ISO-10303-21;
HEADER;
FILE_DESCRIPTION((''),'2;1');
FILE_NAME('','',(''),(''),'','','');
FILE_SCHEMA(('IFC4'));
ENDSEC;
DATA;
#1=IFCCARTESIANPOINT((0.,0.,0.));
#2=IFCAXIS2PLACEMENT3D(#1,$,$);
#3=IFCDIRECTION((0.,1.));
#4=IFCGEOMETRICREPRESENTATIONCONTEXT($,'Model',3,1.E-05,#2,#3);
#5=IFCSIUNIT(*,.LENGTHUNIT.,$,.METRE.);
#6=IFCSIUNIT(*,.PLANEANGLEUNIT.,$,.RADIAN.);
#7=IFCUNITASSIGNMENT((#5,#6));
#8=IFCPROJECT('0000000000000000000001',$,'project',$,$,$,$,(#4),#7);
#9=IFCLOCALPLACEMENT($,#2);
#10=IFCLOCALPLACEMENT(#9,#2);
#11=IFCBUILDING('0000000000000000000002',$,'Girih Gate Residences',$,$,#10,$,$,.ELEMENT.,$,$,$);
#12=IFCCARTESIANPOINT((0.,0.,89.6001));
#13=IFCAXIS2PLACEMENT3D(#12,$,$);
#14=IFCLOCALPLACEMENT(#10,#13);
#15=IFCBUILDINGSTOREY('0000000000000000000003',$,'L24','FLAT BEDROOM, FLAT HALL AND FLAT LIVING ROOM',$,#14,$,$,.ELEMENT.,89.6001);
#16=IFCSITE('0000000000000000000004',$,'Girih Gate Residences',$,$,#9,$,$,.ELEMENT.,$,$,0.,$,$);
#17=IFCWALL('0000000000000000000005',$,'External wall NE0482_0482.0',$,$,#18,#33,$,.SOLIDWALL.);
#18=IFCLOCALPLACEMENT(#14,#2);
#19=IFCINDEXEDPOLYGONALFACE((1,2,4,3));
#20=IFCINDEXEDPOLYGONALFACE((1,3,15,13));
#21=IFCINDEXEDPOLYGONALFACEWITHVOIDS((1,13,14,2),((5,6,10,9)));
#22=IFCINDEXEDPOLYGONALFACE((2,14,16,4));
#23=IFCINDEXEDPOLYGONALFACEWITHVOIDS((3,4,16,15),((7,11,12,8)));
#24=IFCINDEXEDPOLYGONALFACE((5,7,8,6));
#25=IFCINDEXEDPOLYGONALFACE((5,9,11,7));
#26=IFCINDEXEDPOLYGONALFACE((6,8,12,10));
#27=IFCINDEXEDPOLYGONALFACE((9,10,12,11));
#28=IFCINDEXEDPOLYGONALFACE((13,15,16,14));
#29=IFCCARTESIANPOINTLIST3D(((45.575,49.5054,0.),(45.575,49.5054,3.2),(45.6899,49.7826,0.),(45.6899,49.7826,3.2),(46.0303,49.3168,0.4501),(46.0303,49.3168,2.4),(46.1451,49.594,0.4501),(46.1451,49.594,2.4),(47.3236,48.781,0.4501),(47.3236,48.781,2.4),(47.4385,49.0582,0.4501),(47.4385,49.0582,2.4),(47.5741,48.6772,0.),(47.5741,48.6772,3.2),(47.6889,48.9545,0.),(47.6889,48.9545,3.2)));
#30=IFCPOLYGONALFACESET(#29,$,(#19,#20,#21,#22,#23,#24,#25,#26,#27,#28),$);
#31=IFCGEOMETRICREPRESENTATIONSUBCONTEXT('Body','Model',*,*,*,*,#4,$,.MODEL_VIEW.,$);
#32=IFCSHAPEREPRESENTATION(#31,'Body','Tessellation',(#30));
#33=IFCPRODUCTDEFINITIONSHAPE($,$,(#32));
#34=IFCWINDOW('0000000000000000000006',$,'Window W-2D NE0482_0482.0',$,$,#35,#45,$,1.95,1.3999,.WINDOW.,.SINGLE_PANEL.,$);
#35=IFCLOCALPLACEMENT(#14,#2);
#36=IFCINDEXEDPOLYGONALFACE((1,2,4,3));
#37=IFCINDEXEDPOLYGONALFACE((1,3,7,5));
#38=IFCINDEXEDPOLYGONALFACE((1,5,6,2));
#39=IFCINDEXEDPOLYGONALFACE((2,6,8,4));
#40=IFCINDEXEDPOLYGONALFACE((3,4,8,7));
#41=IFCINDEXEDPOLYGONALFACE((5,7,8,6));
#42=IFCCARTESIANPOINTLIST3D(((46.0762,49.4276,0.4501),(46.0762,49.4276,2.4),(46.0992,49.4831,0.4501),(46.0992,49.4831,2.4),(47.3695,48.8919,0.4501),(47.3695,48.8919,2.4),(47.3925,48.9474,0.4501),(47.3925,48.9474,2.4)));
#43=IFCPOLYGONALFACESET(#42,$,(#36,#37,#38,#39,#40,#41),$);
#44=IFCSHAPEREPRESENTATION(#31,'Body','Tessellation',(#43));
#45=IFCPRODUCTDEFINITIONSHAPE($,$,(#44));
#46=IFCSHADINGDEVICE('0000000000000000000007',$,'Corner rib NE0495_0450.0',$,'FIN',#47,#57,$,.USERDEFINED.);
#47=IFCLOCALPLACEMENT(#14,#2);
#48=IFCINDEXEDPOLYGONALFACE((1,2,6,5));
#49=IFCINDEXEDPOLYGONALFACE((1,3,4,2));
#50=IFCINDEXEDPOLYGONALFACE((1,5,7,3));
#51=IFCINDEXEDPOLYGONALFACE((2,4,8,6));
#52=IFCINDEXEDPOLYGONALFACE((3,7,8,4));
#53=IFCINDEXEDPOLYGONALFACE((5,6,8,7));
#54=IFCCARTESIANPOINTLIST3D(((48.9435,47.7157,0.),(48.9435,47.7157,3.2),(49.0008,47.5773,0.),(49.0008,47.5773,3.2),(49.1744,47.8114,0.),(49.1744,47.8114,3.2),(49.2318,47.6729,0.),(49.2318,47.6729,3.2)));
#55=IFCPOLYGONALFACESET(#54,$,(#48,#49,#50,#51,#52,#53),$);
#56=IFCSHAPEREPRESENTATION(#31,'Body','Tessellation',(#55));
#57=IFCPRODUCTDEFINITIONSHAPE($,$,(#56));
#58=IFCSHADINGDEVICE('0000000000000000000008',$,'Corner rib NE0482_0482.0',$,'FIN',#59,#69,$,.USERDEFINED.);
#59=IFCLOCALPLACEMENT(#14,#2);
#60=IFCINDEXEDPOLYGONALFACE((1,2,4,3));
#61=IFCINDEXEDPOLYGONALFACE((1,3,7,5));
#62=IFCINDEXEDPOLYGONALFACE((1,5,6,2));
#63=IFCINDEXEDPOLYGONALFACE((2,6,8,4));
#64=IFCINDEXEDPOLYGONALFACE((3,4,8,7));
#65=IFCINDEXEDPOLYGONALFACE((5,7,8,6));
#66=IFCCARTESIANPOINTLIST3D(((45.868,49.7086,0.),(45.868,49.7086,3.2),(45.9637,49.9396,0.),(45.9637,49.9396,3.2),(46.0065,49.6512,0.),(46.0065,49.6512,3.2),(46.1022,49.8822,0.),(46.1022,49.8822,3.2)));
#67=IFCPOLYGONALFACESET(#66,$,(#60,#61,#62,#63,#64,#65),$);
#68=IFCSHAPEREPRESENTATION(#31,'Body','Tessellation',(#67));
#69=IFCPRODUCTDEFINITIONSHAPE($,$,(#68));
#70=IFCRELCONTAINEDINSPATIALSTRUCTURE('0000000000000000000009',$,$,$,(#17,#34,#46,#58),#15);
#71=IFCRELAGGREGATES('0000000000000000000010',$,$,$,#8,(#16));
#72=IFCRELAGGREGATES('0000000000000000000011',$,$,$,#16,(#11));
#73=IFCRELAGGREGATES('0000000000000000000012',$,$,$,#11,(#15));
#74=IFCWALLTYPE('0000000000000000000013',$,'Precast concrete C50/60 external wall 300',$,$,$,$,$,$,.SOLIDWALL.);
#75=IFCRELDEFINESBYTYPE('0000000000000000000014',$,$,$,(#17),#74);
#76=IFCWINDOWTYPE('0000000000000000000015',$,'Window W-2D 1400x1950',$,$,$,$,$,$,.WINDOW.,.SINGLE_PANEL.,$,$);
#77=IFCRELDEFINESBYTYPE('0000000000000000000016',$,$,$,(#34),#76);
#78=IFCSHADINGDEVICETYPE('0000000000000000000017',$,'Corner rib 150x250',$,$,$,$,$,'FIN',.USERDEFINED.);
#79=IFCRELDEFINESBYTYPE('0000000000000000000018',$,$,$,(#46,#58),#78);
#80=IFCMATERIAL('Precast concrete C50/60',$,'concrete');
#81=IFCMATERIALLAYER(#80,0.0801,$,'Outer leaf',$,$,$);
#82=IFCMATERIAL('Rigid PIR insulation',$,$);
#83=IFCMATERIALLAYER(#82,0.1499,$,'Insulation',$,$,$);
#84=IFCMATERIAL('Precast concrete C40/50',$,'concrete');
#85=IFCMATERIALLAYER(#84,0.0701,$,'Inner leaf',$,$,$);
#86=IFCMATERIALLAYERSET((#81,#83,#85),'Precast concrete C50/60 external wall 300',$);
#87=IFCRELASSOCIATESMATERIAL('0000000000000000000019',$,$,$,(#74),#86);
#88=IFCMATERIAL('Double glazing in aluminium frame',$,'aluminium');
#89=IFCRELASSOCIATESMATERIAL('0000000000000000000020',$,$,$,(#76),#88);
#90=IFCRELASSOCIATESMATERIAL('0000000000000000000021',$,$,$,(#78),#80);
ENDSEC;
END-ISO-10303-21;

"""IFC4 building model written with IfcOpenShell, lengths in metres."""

from ifc_helpers import new_model, si_unit, direction, frame, frame_2d, origin, origin_2d, place, context, subcontext, project, spatial, rectangle, extrude, material, layer, layer_set, type_object, element, fill, save


model = new_model("IFC4")

# Units and contexts
model_context = context("Model", 3, precision=1e-05, world=origin(), true_north=direction((0.0, 1.0)))
body_context = subcontext(model_context, "Body", "Model", "MODEL_VIEW")
ifc_project = project(units=[si_unit("LENGTHUNIT", "METRE"), si_unit("PLANEANGLEUNIT", "RADIAN")], contexts=[model_context])

# Site, building, storey
site_placement = place(None, origin())
site = spatial("IfcSite", under=ifc_project, at=site_placement, Name="Girih Gate Residences", CompositionType="ELEMENT", RefElevation=0.0)
building_placement = place(site_placement, origin())
building = spatial("IfcBuilding", under=site, at=building_placement, Name="Girih Gate Residences", CompositionType="ELEMENT")
storey_placement = place(building_placement, frame((0.0, 0.0, 89.6001)))
storey = spatial("IfcBuildingStorey", under=building, at=storey_placement, Name="L24", Description="FLAT BEDROOM, FLAT HALL AND FLAT LIVING ROOM", CompositionType="ELEMENT", Elevation=89.6001)

# Wall, opening, window
ifc_material_1 = material(Name="Precast concrete C50/60", Category="concrete")
ifc_layer_1 = layer(ifc_material_1, 0.0801, Name="Outer leaf")
ifc_material_2 = material(Name="Rigid PIR insulation")
ifc_layer_2 = layer(ifc_material_2, 0.1499, Name="Insulation")
ifc_material_3 = material(Name="Precast concrete C40/50", Category="concrete")
ifc_layer_3 = layer(ifc_material_3, 0.0701, Name="Inner leaf")
ifc_layer_set_1 = layer_set([ifc_layer_1, ifc_layer_2, ifc_layer_3], Name="Precast concrete C50/60 external wall 300")
wall_type_1 = type_object("IfcWallType", Name="Precast concrete C50/60 external wall 300", PredefinedType="SOLIDWALL", material=ifc_layer_set_1)
ifc_material_4 = material(Name="Double glazing in aluminium frame", Category="aluminium")
window_type_1 = type_object("IfcWindowType", Name="Window W-2D 1400x1950", PartitioningType="SINGLE_PANEL", PredefinedType="WINDOW", material=ifc_material_4)
wall_1_placement = place(storey_placement, frame((45.6323, 49.644, 0.0), z_axis=(0.0, 0.0, 1.0), x_axis=(0.923863, -0.382724, 0.0)))
wall_1 = element("IfcWall", 1, at=wall_1_placement, inside=storey, type_object=wall_type_1, Name="External wall NE0482_0482.0", PredefinedType="SOLIDWALL", context=body_context, shape_type="SweptSolid", body=[
    extrude(rectangle(XDim=2.1638, YDim=0.3, at=frame_2d((1.082, 0.0))), origin(), (0.0, 0.0, 1.0), 3.2),
])
opening_1_placement = place(wall_1_placement, frame((0.4929, 0.0, 0.45)))
opening_1 = element("IfcOpeningElement", 2, at=opening_1_placement, cuts=wall_1, PredefinedType="OPENING", context=body_context, shape_type="SweptSolid", body=[
    extrude(rectangle(XDim=1.3999, YDim=1.95, at=frame_2d((0.7, 0.9751))), frame((0.0, 0.1599, 0.0), z_axis=(0.0, -1.0, 0.0), x_axis=(1.0, 0.0, 0.0)), (0.0, 0.0, 1.0), 0.3201),
])
window_1_placement = place(opening_1_placement, origin())
window_1 = element("IfcWindow", 3, at=window_1_placement, inside=storey, type_object=window_type_1, Name="Window W-2D NE0482_0482.0", OverallHeight=1.95, OverallWidth=1.3999, PartitioningType="SINGLE_PANEL", PredefinedType="WINDOW", context=body_context, shape_type="SweptSolid", body=[
    extrude(rectangle(XDim=1.3999, YDim=1.95, at=frame_2d((0.7, 0.9751))), frame((0.0, 0.03, 0.0), z_axis=(0.0, -1.0, 0.0), x_axis=(1.0, 0.0, 0.0)), (0.0, 0.0, 1.0), 0.0601),
])
fill(opening_1, window_1)

# Shading devices
shading_device_type = type_object("IfcShadingDeviceType", Name="Corner rib 150x250", ElementType="FIN", PredefinedType="USERDEFINED", material=ifc_material_1)
for number, where, z_axis, x_axis, name in (
    (4, (49.0876, 47.6943, 0.0), (0.0, 0.0, 1.0), (-0.382683, 0.92388, 0.0), "Corner rib NE0495_0450.0"),
    (5, (45.9851, 49.7954, 0.0), (0.0, 0.0, 1.0), (-0.92388, 0.382683, 0.0), "Corner rib NE0482_0482.0"),
):
    element("IfcShadingDevice", number, at=place(storey_placement, frame(where, z_axis=z_axis, x_axis=x_axis)), inside=storey, type_object=shading_device_type, Name=name, ObjectType="FIN", PredefinedType="USERDEFINED", context=body_context, shape_type="SweptSolid", body=[
        extrude(rectangle(XDim=0.1499, YDim=0.25, at=origin_2d()), origin(), (0.0, 0.0, 1.0), 3.2),
    ])

save(model, "model.ifc")
